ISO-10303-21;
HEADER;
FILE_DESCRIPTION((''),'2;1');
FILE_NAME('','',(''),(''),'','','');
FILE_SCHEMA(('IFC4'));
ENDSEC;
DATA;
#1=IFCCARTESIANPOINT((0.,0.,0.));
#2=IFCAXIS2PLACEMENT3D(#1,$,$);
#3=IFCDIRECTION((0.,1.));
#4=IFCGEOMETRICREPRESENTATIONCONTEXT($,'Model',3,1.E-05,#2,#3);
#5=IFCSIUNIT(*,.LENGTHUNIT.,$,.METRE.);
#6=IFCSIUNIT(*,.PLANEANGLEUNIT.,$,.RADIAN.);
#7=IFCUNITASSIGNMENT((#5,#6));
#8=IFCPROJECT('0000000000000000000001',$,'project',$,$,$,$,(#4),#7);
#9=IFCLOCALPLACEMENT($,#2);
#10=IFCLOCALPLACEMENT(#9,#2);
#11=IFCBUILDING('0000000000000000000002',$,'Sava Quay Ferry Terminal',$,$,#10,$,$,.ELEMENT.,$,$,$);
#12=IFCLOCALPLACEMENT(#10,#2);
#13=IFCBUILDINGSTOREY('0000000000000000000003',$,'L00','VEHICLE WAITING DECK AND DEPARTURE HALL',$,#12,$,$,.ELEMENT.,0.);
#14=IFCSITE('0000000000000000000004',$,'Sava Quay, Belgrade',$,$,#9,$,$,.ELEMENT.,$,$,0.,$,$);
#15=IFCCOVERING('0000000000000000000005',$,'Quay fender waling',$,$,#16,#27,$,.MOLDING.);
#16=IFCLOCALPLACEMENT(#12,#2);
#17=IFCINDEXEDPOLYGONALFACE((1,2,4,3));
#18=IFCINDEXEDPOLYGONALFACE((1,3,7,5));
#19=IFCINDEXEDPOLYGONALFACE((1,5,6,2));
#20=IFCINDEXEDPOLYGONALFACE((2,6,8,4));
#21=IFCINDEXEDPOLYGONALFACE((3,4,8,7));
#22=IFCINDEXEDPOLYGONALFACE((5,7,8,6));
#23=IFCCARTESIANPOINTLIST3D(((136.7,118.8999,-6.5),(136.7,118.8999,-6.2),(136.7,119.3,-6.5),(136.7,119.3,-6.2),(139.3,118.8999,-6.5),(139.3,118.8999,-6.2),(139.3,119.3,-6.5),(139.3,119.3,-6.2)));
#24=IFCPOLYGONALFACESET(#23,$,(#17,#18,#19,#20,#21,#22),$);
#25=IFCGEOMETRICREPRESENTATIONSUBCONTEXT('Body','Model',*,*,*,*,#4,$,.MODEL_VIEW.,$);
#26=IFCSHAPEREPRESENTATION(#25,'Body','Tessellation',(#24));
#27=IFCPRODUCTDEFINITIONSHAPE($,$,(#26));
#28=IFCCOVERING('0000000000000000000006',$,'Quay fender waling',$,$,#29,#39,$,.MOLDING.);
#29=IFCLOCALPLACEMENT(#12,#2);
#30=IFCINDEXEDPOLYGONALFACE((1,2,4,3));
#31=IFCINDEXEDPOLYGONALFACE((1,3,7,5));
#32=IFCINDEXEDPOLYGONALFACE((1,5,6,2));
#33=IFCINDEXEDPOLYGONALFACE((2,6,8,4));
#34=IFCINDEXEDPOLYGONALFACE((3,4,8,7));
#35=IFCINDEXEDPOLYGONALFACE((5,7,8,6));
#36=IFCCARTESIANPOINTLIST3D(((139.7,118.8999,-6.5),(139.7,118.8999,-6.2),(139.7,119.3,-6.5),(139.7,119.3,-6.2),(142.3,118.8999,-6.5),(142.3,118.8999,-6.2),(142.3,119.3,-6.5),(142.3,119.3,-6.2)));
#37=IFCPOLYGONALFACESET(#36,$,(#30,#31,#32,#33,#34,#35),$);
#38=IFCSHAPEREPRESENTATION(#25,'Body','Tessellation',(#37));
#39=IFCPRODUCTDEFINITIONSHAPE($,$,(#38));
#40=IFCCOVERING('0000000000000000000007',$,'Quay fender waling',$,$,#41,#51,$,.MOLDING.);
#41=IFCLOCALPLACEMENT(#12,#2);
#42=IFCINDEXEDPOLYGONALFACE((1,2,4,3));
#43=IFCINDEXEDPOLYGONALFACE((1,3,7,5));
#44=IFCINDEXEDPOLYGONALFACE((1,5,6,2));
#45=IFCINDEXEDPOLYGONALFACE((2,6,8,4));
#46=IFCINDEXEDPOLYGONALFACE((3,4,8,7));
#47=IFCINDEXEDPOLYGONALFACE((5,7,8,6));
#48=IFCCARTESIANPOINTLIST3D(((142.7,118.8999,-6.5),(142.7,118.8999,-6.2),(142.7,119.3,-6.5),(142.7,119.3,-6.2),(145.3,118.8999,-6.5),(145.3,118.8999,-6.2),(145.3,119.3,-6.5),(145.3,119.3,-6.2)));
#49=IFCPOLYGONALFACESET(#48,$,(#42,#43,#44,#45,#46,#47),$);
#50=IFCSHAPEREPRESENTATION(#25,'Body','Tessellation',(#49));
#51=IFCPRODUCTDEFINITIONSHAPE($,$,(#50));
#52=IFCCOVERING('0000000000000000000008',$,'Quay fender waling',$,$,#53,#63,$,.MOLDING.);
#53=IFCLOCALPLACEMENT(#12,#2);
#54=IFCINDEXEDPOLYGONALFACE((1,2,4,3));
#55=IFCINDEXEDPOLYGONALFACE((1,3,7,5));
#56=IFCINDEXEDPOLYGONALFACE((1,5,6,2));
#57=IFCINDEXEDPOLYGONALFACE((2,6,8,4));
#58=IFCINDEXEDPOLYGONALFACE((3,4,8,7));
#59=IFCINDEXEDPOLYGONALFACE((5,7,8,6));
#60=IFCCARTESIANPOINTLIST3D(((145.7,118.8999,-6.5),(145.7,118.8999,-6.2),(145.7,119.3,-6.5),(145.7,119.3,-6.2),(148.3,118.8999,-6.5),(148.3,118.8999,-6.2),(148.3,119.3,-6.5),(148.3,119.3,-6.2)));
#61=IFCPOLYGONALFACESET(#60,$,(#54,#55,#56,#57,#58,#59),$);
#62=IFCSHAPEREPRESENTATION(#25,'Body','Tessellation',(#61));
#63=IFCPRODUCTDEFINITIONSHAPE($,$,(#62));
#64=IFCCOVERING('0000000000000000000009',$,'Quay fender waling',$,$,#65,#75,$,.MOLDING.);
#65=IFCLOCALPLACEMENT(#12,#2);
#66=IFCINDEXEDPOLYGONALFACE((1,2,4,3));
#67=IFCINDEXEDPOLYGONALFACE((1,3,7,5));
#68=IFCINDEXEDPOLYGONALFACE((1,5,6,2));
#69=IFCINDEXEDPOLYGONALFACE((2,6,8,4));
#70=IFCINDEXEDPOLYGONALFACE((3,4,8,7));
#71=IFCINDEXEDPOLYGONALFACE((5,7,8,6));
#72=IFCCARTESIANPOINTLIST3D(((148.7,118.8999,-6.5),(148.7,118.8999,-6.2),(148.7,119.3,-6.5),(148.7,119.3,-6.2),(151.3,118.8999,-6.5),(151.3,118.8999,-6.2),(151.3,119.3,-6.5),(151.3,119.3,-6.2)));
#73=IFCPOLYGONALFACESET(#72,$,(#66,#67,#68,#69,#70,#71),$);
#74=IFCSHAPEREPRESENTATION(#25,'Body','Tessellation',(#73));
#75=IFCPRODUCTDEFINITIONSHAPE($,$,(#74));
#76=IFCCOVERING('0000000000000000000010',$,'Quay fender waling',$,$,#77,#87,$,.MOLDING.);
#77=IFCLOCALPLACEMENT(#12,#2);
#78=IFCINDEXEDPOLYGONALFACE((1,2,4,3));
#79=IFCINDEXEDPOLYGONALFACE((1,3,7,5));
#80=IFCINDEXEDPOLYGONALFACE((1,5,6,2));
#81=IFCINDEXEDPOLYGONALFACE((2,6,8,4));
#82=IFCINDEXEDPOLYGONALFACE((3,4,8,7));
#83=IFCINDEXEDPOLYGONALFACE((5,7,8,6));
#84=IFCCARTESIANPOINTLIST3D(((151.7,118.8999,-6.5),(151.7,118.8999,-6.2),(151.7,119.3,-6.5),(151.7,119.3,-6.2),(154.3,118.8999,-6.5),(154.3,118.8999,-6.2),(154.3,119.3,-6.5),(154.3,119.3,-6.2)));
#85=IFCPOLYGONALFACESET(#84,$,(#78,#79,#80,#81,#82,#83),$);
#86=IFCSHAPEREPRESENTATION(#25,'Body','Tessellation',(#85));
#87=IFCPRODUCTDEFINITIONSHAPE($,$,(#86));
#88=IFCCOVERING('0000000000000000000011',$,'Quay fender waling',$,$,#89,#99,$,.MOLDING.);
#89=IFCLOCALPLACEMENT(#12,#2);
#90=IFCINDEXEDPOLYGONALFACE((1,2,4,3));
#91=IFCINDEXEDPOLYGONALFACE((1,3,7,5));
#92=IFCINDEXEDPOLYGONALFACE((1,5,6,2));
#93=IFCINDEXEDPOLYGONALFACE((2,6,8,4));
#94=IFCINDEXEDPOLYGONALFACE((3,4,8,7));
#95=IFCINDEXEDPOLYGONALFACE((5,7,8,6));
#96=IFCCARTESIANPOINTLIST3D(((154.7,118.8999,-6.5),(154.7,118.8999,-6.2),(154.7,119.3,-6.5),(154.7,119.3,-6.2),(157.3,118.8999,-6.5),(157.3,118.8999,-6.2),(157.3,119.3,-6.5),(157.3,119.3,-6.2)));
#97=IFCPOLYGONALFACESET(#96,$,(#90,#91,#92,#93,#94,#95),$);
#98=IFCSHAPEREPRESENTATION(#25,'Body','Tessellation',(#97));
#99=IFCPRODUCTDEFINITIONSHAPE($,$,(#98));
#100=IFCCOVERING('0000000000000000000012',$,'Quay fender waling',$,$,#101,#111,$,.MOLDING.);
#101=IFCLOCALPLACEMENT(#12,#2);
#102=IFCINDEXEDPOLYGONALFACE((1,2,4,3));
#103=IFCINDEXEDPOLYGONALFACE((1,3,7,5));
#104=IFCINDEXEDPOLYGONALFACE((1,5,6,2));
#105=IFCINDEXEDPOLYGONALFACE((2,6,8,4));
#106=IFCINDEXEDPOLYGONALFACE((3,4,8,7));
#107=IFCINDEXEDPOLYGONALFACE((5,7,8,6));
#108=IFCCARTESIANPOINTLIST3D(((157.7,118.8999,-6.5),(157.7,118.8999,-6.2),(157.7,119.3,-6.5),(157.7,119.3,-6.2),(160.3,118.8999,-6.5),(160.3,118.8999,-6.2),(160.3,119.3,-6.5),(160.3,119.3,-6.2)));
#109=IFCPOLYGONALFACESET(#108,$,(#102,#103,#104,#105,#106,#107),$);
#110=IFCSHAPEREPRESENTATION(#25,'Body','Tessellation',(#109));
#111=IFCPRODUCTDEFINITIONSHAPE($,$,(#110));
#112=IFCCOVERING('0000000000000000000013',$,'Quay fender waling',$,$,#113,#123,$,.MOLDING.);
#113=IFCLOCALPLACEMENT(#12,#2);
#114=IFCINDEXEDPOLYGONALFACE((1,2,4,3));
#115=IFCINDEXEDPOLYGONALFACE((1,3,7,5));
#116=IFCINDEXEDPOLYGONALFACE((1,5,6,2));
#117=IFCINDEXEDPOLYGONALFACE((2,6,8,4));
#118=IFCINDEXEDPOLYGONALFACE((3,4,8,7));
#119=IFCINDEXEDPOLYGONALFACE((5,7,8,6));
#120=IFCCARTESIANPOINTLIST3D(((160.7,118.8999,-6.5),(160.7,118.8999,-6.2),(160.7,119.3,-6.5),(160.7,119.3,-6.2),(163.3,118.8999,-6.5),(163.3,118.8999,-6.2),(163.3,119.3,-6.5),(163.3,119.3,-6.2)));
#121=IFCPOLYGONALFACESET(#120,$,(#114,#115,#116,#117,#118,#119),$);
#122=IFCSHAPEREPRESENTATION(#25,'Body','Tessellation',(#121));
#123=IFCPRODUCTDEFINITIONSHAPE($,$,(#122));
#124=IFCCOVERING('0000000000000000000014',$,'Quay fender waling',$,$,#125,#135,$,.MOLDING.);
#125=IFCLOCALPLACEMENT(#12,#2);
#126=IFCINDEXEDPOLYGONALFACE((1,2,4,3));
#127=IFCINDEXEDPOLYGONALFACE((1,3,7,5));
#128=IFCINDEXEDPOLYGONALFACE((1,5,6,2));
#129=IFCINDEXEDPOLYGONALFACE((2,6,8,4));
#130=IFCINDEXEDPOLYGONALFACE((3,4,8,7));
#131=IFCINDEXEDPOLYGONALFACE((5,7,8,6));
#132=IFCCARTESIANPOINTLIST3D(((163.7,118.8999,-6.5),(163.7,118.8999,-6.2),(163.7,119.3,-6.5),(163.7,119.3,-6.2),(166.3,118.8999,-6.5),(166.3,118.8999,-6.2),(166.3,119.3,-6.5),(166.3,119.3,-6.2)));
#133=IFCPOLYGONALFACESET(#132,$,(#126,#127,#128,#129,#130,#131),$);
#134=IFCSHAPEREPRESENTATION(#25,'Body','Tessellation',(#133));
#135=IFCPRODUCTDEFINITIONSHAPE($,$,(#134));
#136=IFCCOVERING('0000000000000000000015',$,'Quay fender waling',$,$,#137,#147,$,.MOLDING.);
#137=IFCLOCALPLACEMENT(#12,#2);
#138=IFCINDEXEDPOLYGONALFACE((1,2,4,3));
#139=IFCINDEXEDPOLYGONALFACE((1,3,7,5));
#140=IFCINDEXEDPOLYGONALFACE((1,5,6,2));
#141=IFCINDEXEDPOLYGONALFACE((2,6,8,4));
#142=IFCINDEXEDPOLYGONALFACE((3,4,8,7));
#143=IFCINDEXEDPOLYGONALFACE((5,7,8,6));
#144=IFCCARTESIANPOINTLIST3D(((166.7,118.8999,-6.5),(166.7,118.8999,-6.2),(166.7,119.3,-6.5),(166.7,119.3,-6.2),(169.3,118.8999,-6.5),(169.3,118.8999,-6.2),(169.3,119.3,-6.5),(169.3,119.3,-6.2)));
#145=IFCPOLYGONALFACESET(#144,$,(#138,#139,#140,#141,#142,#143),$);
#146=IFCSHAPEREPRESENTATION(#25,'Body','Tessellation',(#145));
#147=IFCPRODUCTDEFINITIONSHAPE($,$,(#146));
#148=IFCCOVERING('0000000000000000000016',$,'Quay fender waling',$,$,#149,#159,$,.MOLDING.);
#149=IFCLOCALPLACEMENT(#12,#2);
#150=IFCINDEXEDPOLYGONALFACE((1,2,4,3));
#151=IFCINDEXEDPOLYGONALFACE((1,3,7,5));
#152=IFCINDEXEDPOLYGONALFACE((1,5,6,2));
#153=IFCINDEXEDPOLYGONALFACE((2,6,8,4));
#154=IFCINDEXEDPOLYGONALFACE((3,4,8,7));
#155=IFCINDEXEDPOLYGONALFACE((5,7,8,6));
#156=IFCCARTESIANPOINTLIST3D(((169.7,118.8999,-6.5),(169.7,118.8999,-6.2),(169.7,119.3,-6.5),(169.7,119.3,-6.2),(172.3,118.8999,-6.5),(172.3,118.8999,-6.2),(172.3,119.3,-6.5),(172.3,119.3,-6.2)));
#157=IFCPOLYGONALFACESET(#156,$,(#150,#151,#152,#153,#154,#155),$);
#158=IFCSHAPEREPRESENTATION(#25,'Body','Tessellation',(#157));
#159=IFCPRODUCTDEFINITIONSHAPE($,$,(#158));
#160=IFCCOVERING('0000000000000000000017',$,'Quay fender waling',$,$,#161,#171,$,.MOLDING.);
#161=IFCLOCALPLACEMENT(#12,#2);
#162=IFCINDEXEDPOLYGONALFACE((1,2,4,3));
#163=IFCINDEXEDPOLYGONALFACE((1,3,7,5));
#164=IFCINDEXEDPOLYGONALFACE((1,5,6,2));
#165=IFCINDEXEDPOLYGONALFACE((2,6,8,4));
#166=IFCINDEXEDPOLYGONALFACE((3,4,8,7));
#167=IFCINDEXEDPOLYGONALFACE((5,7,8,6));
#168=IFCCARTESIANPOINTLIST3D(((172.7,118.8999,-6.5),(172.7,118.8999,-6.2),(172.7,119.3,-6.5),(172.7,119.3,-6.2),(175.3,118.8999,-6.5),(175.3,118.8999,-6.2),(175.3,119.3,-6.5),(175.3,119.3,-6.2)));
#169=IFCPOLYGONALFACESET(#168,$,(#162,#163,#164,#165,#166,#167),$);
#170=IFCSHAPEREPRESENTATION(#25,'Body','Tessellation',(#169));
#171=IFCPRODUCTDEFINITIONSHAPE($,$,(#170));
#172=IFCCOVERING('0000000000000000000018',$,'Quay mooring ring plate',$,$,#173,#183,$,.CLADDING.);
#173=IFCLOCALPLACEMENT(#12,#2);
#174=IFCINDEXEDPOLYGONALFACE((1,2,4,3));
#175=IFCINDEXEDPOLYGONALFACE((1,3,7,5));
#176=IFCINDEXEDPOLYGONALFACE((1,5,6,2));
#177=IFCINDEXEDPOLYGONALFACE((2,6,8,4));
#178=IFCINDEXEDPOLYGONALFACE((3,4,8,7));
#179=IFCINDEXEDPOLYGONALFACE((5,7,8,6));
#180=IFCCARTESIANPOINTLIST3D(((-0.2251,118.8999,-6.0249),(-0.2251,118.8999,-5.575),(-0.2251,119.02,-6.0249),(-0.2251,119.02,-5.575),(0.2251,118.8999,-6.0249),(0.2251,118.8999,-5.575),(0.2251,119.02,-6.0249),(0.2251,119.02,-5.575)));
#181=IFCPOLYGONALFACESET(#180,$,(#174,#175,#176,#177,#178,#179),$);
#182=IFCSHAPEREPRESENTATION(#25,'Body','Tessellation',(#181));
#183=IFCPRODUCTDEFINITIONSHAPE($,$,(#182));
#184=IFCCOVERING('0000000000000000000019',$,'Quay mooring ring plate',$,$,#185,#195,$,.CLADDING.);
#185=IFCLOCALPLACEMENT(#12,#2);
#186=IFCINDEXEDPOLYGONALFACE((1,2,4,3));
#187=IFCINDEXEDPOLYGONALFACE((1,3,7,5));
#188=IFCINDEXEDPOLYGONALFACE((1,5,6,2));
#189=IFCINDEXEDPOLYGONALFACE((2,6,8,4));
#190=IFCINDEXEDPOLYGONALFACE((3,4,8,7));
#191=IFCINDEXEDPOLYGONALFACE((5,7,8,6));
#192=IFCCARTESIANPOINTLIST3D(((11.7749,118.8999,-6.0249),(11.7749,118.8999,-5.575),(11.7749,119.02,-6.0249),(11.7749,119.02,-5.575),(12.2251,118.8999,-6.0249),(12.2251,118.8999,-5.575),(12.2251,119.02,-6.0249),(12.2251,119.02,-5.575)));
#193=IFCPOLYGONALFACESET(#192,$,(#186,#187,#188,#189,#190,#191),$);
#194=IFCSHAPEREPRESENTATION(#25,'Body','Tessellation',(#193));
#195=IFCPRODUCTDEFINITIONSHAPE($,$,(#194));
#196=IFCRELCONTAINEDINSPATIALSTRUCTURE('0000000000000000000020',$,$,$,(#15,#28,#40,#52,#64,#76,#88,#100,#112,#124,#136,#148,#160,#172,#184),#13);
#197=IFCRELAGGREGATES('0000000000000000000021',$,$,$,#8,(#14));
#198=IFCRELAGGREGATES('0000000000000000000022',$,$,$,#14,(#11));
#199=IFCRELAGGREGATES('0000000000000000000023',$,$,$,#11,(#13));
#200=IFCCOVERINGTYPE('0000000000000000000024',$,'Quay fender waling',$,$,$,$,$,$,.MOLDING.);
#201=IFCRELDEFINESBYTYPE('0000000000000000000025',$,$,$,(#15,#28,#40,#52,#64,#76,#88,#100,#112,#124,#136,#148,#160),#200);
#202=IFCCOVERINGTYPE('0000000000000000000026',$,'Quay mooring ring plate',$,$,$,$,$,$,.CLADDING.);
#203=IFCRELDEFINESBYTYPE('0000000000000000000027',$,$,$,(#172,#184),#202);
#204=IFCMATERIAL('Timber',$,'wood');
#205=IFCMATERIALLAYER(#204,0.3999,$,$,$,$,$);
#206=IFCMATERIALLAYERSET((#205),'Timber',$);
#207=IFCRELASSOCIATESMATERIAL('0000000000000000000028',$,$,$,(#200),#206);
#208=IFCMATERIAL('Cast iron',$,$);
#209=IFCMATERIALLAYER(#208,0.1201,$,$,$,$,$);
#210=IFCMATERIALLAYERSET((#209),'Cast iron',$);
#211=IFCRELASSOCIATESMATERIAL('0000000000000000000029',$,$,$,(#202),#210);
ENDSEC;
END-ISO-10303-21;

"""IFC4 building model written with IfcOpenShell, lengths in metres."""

from ifc_helpers import new_model, si_unit, direction, frame, origin, place, context, subcontext, project, spatial, polyline, outline, extrude, material, layer, layer_set, type_object, element, save


model = new_model("IFC4")

# Units and contexts
model_context = context("Model", 3, precision=1e-05, world=origin(), true_north=direction((0.0, 1.0)))
body_context = subcontext(model_context, "Body", "Model", "MODEL_VIEW")
ifc_project = project(units=[si_unit("LENGTHUNIT", "METRE"), si_unit("PLANEANGLEUNIT", "RADIAN")], contexts=[model_context])

# Site, building, storey
site_placement = place(None, origin())
site = spatial("IfcSite", under=ifc_project, at=site_placement, Name="Sava Quay, Belgrade", CompositionType="ELEMENT", RefElevation=0.0)
building_placement = place(site_placement, origin())
building = spatial("IfcBuilding", under=site, at=building_placement, Name="Sava Quay Ferry Terminal", CompositionType="ELEMENT")
storey_placement = place(building_placement, origin())
storey = spatial("IfcBuildingStorey", under=building, at=storey_placement, Name="L00", Description="VEHICLE WAITING DECK AND DEPARTURE HALL", CompositionType="ELEMENT", Elevation=0.0)

# Coverings
ifc_material_1 = material(Name="Timber", Category="wood")
ifc_layer_1 = layer(ifc_material_1, 0.3999)
ifc_layer_set_1 = layer_set([ifc_layer_1], Name="Timber")
covering_type_1 = type_object("IfcCoveringType", Name="Quay fender waling", PredefinedType="MOLDING", material=ifc_layer_set_1)
covering_1_placement = place(storey_placement, frame((0.0, 0.0, -6.5)))
element("IfcCovering", 1, at=covering_1_placement, inside=storey, type_object=covering_type_1, Name="Quay fender waling", PredefinedType="MOLDING", context=body_context, shape_type="SweptSolid", body=[
    extrude(outline(polyline([(139.3, 118.8999), (139.3, 119.3), (136.7, 119.3), (136.7, 118.8999), (139.3, 118.8999)])), origin(), (0.0, 0.0, 1.0), 0.3),
])
covering_2_placement = place(storey_placement, frame((0.0, 0.0, -6.5)))
element("IfcCovering", 2, at=covering_2_placement, inside=storey, type_object=covering_type_1, Name="Quay fender waling", PredefinedType="MOLDING", context=body_context, shape_type="SweptSolid", body=[
    extrude(outline(polyline([(142.3, 118.8999), (142.3, 119.3), (139.7, 119.3), (139.7, 118.8999), (142.3, 118.8999)])), origin(), (0.0, 0.0, 1.0), 0.3),
])
covering_3_placement = place(storey_placement, frame((0.0, 0.0, -6.5)))
element("IfcCovering", 3, at=covering_3_placement, inside=storey, type_object=covering_type_1, Name="Quay fender waling", PredefinedType="MOLDING", context=body_context, shape_type="SweptSolid", body=[
    extrude(outline(polyline([(145.3, 118.8999), (145.3, 119.3), (142.7, 119.3), (142.7, 118.8999), (145.3, 118.8999)])), origin(), (0.0, 0.0, 1.0), 0.3),
])
covering_4_placement = place(storey_placement, frame((0.0, 0.0, -6.5)))
element("IfcCovering", 4, at=covering_4_placement, inside=storey, type_object=covering_type_1, Name="Quay fender waling", PredefinedType="MOLDING", context=body_context, shape_type="SweptSolid", body=[
    extrude(outline(polyline([(148.3, 118.8999), (148.3, 119.3), (145.7, 119.3), (145.7, 118.8999), (148.3, 118.8999)])), origin(), (0.0, 0.0, 1.0), 0.3),
])
covering_5_placement = place(storey_placement, frame((0.0, 0.0, -6.5)))
element("IfcCovering", 5, at=covering_5_placement, inside=storey, type_object=covering_type_1, Name="Quay fender waling", PredefinedType="MOLDING", context=body_context, shape_type="SweptSolid", body=[
    extrude(outline(polyline([(151.3, 118.8999), (151.3, 119.3), (148.7, 119.3), (148.7, 118.8999), (151.3, 118.8999)])), origin(), (0.0, 0.0, 1.0), 0.3),
])
covering_6_placement = place(storey_placement, frame((0.0, 0.0, -6.5)))
element("IfcCovering", 6, at=covering_6_placement, inside=storey, type_object=covering_type_1, Name="Quay fender waling", PredefinedType="MOLDING", context=body_context, shape_type="SweptSolid", body=[
    extrude(outline(polyline([(154.3, 118.8999), (154.3, 119.3), (151.7, 119.3), (151.7, 118.8999), (154.3, 118.8999)])), origin(), (0.0, 0.0, 1.0), 0.3),
])
covering_7_placement = place(storey_placement, frame((0.0, 0.0, -6.5)))
element("IfcCovering", 7, at=covering_7_placement, inside=storey, type_object=covering_type_1, Name="Quay fender waling", PredefinedType="MOLDING", context=body_context, shape_type="SweptSolid", body=[
    extrude(outline(polyline([(157.3, 118.8999), (157.3, 119.3), (154.7, 119.3), (154.7, 118.8999), (157.3, 118.8999)])), origin(), (0.0, 0.0, 1.0), 0.3),
])
covering_8_placement = place(storey_placement, frame((0.0, 0.0, -6.5)))
element("IfcCovering", 8, at=covering_8_placement, inside=storey, type_object=covering_type_1, Name="Quay fender waling", PredefinedType="MOLDING", context=body_context, shape_type="SweptSolid", body=[
    extrude(outline(polyline([(160.3, 118.8999), (160.3, 119.3), (157.7, 119.3), (157.7, 118.8999), (160.3, 118.8999)])), origin(), (0.0, 0.0, 1.0), 0.3),
])
covering_9_placement = place(storey_placement, frame((0.0, 0.0, -6.5)))
element("IfcCovering", 9, at=covering_9_placement, inside=storey, type_object=covering_type_1, Name="Quay fender waling", PredefinedType="MOLDING", context=body_context, shape_type="SweptSolid", body=[
    extrude(outline(polyline([(163.3, 118.8999), (163.3, 119.3), (160.7, 119.3), (160.7, 118.8999), (163.3, 118.8999)])), origin(), (0.0, 0.0, 1.0), 0.3),
])
covering_10_placement = place(storey_placement, frame((0.0, 0.0, -6.5)))
element("IfcCovering", 10, at=covering_10_placement, inside=storey, type_object=covering_type_1, Name="Quay fender waling", PredefinedType="MOLDING", context=body_context, shape_type="SweptSolid", body=[
    extrude(outline(polyline([(166.3, 118.8999), (166.3, 119.3), (163.7, 119.3), (163.7, 118.8999), (166.3, 118.8999)])), origin(), (0.0, 0.0, 1.0), 0.3),
])
covering_11_placement = place(storey_placement, frame((0.0, 0.0, -6.5)))
element("IfcCovering", 11, at=covering_11_placement, inside=storey, type_object=covering_type_1, Name="Quay fender waling", PredefinedType="MOLDING", context=body_context, shape_type="SweptSolid", body=[
    extrude(outline(polyline([(169.3, 118.8999), (169.3, 119.3), (166.7, 119.3), (166.7, 118.8999), (169.3, 118.8999)])), origin(), (0.0, 0.0, 1.0), 0.3),
])
covering_12_placement = place(storey_placement, frame((0.0, 0.0, -6.5)))
element("IfcCovering", 12, at=covering_12_placement, inside=storey, type_object=covering_type_1, Name="Quay fender waling", PredefinedType="MOLDING", context=body_context, shape_type="SweptSolid", body=[
    extrude(outline(polyline([(172.3, 118.8999), (172.3, 119.3), (169.7, 119.3), (169.7, 118.8999), (172.3, 118.8999)])), origin(), (0.0, 0.0, 1.0), 0.3),
])
covering_13_placement = place(storey_placement, frame((0.0, 0.0, -6.5)))
element("IfcCovering", 13, at=covering_13_placement, inside=storey, type_object=covering_type_1, Name="Quay fender waling", PredefinedType="MOLDING", context=body_context, shape_type="SweptSolid", body=[
    extrude(outline(polyline([(175.3, 118.8999), (175.3, 119.3), (172.7, 119.3), (172.7, 118.8999), (175.3, 118.8999)])), origin(), (0.0, 0.0, 1.0), 0.3),
])
ifc_material_2 = material(Name="Cast iron")
ifc_layer_2 = layer(ifc_material_2, 0.1201)
ifc_layer_set_2 = layer_set([ifc_layer_2], Name="Cast iron")
covering_type_2 = type_object("IfcCoveringType", Name="Quay mooring ring plate", PredefinedType="CLADDING", material=ifc_layer_set_2)
covering_14_placement = place(storey_placement, frame((0.0, 0.0, -6.0249)))
element("IfcCovering", 14, at=covering_14_placement, inside=storey, type_object=covering_type_2, Name="Quay mooring ring plate", PredefinedType="CLADDING", context=body_context, shape_type="SweptSolid", body=[
    extrude(outline(polyline([(0.2251, 118.8999), (0.2251, 119.02), (-0.2251, 119.02), (-0.2251, 118.8999), (0.2251, 118.8999)])), origin(), (0.0, 0.0, 1.0), 0.45),
])
covering_15_placement = place(storey_placement, frame((0.0, 0.0, -6.0249)))
element("IfcCovering", 15, at=covering_15_placement, inside=storey, type_object=covering_type_2, Name="Quay mooring ring plate", PredefinedType="CLADDING", context=body_context, shape_type="SweptSolid", body=[
    extrude(outline(polyline([(12.2251, 118.8999), (12.2251, 119.02), (11.7749, 119.02), (11.7749, 118.8999), (12.2251, 118.8999)])), origin(), (0.0, 0.0, 1.0), 0.45),
])

save(model, "model.ifc")
